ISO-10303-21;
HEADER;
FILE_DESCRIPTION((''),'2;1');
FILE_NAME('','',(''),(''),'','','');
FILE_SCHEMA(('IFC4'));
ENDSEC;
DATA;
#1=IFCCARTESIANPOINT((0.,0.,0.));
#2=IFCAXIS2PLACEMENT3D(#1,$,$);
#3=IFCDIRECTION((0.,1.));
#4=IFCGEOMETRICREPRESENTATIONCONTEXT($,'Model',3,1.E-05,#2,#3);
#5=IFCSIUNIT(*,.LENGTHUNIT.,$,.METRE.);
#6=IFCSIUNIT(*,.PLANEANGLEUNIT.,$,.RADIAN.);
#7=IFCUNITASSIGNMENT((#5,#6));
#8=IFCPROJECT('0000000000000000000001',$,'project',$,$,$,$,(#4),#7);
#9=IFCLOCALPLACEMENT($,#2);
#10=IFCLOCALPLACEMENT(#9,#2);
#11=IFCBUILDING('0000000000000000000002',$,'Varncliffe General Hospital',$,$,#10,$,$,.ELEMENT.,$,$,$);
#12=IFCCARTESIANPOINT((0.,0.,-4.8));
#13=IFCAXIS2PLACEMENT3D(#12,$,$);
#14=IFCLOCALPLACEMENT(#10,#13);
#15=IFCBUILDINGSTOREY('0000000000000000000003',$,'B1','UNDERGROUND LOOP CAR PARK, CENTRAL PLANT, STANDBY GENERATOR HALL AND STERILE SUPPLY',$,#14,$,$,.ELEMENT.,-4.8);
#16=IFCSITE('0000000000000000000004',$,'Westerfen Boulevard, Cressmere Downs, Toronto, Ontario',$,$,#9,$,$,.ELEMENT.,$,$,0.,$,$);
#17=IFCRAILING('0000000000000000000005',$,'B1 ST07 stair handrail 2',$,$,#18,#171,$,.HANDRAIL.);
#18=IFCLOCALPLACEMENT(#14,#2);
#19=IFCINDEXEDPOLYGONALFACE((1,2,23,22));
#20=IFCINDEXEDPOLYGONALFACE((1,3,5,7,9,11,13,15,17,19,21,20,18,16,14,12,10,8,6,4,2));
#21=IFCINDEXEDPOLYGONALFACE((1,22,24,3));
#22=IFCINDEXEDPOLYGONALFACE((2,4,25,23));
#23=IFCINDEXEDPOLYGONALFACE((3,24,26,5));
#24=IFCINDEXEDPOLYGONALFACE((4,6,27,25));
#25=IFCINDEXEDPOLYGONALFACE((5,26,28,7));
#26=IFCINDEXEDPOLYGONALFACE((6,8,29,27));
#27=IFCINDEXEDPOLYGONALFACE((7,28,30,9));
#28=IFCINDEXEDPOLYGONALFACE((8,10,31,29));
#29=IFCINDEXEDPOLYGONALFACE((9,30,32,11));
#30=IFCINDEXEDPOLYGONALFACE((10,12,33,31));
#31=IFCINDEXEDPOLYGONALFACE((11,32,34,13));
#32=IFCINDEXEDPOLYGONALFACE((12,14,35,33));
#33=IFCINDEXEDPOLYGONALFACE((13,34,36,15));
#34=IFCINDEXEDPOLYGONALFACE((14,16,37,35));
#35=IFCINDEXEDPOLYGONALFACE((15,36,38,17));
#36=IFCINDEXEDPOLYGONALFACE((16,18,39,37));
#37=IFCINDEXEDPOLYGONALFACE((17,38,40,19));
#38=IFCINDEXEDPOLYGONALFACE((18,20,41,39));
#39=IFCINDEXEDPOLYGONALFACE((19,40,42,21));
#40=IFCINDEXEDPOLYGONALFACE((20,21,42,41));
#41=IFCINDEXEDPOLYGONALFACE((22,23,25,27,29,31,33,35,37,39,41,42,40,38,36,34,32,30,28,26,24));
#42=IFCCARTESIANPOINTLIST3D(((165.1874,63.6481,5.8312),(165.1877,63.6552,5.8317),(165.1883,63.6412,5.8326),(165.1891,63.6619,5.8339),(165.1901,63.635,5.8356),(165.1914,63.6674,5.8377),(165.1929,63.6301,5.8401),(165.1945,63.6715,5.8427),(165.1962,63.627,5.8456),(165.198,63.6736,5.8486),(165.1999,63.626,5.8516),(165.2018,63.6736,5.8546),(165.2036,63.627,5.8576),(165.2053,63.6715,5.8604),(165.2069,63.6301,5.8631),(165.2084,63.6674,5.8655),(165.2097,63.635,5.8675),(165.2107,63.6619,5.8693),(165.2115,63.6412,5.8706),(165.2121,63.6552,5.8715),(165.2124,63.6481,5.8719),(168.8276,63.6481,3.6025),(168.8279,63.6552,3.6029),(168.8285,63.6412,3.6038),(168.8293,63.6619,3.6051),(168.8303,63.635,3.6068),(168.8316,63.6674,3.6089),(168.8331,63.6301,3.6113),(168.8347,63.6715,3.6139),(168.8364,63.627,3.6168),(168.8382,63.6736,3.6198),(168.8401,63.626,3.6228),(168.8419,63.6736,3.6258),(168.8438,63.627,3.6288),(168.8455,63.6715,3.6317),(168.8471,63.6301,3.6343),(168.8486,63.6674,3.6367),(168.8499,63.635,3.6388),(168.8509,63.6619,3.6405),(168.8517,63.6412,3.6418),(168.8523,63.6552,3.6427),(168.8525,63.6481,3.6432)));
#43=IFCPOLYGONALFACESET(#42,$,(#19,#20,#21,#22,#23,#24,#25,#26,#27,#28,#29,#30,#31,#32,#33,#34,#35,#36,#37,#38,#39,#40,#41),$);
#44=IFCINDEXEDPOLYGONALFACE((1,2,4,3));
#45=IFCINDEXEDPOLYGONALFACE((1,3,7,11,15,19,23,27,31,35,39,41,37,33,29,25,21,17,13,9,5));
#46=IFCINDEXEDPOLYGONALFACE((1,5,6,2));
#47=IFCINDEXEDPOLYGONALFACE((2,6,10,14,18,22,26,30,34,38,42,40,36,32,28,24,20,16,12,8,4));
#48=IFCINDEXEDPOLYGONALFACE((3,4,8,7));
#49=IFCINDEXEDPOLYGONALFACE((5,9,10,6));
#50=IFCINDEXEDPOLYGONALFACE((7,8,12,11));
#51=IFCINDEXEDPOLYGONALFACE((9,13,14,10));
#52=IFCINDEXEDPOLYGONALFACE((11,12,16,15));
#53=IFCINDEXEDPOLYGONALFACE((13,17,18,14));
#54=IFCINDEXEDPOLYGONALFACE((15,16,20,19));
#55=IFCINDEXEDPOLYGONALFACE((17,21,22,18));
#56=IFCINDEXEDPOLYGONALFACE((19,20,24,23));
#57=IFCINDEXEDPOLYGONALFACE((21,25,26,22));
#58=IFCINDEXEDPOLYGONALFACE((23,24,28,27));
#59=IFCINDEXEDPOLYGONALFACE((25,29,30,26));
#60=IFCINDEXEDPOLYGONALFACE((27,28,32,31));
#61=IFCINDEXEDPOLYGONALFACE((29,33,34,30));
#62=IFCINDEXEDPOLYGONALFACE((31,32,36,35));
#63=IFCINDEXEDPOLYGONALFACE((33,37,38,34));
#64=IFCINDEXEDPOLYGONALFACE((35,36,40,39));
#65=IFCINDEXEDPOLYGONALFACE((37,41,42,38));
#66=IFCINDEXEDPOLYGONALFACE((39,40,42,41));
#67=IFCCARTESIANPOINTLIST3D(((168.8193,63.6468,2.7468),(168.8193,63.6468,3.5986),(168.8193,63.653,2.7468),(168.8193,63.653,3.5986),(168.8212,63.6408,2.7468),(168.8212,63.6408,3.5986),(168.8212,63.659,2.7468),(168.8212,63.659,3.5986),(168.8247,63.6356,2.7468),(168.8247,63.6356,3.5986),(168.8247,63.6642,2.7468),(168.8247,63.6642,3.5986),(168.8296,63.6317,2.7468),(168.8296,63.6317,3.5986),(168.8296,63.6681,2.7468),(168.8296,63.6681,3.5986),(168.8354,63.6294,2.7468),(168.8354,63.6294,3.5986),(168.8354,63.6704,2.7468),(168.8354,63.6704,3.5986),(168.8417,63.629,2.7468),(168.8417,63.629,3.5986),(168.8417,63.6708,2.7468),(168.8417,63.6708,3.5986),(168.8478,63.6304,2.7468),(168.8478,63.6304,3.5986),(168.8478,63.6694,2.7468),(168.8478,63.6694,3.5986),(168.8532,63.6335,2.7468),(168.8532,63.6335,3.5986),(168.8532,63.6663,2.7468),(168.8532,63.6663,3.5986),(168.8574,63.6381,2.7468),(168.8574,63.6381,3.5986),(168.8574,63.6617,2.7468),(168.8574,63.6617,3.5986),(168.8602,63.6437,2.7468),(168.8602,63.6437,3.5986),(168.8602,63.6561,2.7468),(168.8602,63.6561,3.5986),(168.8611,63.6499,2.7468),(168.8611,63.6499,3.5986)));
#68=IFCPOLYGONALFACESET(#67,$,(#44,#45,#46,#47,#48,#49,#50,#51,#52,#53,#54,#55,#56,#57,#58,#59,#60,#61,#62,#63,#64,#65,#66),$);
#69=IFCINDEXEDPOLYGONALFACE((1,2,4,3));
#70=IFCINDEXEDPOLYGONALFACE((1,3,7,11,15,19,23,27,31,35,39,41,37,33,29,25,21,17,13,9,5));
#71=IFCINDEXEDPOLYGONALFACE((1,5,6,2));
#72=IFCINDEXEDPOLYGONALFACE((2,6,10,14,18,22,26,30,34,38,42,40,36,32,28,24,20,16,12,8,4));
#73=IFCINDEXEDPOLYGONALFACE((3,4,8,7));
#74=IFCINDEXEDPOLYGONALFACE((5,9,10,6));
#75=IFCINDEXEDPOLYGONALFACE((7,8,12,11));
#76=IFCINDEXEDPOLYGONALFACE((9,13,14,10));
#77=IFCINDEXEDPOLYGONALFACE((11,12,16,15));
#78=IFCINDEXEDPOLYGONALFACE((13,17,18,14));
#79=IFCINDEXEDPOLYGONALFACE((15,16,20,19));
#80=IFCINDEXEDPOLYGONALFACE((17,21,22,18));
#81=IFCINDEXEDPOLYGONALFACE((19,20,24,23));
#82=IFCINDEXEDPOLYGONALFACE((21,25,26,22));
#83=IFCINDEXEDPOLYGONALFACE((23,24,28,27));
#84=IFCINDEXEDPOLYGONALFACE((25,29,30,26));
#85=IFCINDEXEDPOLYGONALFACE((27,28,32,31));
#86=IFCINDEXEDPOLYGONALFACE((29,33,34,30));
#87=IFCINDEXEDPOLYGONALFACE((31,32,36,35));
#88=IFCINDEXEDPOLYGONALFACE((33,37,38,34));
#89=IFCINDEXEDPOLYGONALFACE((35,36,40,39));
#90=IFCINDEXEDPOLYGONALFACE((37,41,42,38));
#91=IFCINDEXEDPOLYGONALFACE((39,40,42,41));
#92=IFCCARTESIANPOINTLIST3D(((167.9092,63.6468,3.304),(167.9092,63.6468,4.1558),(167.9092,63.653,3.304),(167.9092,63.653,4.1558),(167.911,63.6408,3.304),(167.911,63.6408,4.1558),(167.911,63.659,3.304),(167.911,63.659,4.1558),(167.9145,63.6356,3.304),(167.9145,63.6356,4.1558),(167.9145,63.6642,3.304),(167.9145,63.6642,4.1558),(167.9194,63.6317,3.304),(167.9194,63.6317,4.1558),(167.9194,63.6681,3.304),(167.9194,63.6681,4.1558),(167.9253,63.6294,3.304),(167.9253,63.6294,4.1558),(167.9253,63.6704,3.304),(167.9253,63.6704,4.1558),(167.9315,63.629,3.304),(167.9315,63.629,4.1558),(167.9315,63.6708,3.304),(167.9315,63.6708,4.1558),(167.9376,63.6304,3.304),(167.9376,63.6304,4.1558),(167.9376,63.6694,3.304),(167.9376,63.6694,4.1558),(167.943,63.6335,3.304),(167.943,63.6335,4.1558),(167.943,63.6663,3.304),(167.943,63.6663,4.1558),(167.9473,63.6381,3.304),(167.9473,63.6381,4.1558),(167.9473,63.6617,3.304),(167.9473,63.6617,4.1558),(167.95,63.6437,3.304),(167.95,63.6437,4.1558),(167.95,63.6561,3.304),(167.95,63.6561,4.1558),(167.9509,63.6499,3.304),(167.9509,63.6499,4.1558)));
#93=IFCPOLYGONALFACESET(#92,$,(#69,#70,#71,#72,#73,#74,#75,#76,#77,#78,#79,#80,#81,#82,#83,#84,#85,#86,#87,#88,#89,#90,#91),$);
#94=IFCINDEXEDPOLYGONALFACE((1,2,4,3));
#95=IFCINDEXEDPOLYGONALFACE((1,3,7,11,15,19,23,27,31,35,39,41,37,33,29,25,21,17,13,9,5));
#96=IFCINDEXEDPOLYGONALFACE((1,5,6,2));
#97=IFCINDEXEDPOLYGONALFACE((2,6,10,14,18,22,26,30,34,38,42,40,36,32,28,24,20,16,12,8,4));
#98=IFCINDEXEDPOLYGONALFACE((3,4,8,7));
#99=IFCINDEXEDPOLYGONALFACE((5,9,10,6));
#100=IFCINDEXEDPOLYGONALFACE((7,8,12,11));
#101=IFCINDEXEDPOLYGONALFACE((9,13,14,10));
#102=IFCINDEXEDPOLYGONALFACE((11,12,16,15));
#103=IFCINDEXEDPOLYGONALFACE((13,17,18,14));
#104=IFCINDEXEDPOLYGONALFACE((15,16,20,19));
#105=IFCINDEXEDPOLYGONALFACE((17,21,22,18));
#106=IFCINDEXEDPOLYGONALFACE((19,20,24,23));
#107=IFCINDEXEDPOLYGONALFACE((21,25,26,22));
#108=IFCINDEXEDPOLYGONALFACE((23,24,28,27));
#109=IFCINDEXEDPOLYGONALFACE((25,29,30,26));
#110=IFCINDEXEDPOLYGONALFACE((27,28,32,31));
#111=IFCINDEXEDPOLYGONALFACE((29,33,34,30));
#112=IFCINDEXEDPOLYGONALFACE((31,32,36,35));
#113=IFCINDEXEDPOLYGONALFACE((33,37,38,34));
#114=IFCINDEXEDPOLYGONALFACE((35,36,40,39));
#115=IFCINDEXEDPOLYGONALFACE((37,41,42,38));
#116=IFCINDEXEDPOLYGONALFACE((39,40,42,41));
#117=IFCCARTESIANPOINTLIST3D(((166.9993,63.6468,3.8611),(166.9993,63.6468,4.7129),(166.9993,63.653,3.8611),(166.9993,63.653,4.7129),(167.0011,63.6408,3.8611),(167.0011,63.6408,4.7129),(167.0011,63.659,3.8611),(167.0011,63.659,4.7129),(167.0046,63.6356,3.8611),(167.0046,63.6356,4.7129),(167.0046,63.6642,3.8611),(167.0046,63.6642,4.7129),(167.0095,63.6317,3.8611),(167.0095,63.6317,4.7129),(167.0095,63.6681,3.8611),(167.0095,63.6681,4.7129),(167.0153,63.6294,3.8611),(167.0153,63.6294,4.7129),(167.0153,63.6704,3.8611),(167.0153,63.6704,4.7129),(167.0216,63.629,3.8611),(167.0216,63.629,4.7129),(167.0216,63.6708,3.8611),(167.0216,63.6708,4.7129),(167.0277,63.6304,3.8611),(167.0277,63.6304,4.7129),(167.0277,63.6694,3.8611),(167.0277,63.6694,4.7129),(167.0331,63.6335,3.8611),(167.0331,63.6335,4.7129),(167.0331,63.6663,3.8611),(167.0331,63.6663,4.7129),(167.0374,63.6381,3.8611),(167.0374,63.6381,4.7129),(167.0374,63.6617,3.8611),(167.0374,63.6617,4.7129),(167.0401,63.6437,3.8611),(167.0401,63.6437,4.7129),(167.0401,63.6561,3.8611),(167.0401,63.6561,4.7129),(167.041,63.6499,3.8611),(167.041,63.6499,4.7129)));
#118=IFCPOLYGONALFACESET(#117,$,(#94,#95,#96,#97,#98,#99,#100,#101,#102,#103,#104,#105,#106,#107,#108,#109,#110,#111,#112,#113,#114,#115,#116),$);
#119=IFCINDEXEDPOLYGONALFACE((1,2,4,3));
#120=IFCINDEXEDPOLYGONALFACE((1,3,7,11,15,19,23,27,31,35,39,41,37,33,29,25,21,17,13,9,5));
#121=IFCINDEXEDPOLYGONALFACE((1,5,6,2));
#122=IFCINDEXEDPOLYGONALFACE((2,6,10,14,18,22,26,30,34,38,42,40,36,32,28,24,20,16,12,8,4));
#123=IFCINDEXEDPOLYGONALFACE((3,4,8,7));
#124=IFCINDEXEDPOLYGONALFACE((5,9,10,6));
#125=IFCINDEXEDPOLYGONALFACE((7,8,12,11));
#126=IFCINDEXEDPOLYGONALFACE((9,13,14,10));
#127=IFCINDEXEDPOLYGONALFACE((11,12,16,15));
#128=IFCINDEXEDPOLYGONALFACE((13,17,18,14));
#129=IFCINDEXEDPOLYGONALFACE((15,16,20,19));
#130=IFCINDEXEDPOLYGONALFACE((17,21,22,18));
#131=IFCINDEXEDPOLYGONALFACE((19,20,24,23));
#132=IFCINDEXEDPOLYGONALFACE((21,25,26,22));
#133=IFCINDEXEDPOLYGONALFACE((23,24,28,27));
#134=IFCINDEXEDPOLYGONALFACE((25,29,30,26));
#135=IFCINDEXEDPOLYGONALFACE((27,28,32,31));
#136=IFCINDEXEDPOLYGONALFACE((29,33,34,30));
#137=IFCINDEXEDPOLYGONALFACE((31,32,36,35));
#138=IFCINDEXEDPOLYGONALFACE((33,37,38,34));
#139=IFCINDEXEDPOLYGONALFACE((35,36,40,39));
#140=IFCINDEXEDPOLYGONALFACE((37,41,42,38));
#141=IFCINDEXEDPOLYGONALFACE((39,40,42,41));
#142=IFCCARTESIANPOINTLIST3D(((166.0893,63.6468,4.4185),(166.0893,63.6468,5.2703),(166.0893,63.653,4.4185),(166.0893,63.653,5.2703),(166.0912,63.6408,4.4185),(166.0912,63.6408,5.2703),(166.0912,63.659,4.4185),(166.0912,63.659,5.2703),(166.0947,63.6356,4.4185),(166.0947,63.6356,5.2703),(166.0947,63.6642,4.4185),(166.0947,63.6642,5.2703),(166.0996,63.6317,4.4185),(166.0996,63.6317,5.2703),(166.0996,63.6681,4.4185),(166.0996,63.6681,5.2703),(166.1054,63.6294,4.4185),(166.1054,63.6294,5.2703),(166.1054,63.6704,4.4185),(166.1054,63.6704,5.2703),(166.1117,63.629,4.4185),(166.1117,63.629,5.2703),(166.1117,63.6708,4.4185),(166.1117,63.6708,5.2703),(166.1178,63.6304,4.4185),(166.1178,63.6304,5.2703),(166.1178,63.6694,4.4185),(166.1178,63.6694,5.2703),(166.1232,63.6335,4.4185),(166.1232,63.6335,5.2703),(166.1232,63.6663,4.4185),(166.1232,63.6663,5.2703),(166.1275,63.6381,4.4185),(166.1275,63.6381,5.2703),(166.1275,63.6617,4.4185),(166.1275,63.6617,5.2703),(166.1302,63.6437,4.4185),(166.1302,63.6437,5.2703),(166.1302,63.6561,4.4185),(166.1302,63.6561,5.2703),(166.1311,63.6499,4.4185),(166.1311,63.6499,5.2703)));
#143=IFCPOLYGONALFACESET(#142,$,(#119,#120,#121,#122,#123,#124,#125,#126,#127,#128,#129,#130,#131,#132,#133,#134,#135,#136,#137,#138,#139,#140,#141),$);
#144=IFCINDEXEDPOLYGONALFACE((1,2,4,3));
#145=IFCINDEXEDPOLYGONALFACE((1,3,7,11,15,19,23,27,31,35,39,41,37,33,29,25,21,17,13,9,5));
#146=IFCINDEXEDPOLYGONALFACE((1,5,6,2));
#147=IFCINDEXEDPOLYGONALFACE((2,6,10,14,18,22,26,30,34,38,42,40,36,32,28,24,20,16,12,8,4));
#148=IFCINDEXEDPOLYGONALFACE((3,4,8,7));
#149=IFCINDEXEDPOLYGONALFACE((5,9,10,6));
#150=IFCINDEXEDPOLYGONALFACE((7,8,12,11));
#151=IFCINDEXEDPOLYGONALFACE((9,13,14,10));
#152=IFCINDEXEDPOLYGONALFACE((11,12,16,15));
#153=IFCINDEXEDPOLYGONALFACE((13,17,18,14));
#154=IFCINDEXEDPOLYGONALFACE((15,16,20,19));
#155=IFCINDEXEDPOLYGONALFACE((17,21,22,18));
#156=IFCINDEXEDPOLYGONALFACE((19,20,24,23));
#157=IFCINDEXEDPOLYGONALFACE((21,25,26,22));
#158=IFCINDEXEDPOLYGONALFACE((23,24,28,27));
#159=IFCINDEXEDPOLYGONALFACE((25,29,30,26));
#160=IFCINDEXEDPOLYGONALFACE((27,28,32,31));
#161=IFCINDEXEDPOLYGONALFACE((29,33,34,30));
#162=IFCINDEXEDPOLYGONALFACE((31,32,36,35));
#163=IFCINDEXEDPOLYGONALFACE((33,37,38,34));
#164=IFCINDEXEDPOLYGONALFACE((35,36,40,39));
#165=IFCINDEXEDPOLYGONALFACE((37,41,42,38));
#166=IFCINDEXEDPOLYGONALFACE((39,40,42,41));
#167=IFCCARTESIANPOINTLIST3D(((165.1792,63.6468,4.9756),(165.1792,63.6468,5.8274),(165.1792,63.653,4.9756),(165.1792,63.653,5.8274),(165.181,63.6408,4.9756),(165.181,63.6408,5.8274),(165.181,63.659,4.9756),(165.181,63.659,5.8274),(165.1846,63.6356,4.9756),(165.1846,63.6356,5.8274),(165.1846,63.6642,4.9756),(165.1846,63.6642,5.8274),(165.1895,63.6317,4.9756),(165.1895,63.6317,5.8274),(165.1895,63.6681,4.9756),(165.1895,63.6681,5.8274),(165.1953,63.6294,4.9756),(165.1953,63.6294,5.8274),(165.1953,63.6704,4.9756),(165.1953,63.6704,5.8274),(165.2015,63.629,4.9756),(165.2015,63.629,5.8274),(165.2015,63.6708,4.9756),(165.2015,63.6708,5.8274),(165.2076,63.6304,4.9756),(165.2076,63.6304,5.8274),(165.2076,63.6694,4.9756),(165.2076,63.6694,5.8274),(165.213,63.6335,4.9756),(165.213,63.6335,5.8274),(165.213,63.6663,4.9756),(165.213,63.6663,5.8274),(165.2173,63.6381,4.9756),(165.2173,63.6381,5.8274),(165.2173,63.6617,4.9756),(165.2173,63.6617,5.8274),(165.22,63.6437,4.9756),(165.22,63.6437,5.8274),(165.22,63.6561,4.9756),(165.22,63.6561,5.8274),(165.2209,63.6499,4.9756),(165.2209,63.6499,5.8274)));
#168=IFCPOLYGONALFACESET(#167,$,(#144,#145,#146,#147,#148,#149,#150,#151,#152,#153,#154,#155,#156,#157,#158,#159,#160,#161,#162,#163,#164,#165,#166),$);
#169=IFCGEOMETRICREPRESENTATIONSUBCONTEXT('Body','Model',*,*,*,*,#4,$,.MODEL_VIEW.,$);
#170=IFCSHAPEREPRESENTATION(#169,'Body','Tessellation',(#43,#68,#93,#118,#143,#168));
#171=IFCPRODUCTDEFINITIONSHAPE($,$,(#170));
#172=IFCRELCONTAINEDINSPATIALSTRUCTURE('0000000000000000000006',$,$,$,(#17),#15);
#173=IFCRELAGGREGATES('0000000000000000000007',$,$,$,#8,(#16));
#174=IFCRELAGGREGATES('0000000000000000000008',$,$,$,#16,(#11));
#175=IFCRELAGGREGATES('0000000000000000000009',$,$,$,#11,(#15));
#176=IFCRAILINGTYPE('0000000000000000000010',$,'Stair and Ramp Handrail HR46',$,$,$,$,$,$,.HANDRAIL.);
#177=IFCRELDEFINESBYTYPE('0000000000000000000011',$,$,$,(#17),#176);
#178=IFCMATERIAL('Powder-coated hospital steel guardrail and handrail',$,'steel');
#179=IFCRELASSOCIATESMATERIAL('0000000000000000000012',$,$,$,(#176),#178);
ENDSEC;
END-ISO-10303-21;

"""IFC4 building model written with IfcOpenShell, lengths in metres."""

from ifc_helpers import new_model, si_unit, direction, frame, origin, origin_2d, place, context, subcontext, project, spatial, circle, extrude, material, type_object, element, save


model = new_model("IFC4")

# Units and contexts
model_context = context("Model", 3, precision=1e-05, world=origin(), true_north=direction((0.0, 1.0)))
body_context = subcontext(model_context, "Body", "Model", "MODEL_VIEW")
ifc_project = project(units=[si_unit("LENGTHUNIT", "METRE"), si_unit("PLANEANGLEUNIT", "RADIAN")], contexts=[model_context])

# Site, building, storey
site_placement = place(None, origin())
site = spatial("IfcSite", under=ifc_project, at=site_placement, Name="Westerfen Boulevard, Cressmere Downs, Toronto, Ontario", CompositionType="ELEMENT", RefElevation=0.0)
building_placement = place(site_placement, origin())
building = spatial("IfcBuilding", under=site, at=building_placement, Name="Varncliffe General Hospital", CompositionType="ELEMENT")
storey_placement = place(building_placement, frame((0.0, 0.0, -4.8)))
storey = spatial("IfcBuildingStorey", under=building, at=storey_placement, Name="B1", Description="UNDERGROUND LOOP CAR PARK, CENTRAL PLANT, STANDBY GENERATOR HALL AND STERILE SUPPLY", CompositionType="ELEMENT", Elevation=-4.8)

# Railing
ifc_material_1 = material(Name="Powder-coated hospital steel guardrail and handrail", Category="steel")
railing_type_1 = type_object("IfcRailingType", Name="Stair and Ramp Handrail HR46", PredefinedType="HANDRAIL", material=ifc_material_1)
railing_1_placement = place(storey_placement, frame((168.8401, 63.6499, 2.7468)))
element("IfcRailing", 1, at=railing_1_placement, inside=storey, type_object=railing_type_1, Name="B1 ST07 stair handrail 2", PredefinedType="HANDRAIL", context=body_context, shape_type="SweptSolid", body=[
    extrude(circle(Radius=0.0239, at=origin_2d()), frame((0.0, 0.0, 0.876), z_axis=(-0.85284, 0.0, 0.522172), x_axis=(0.0, -1.0, 0.0)), (0.0, 0.0, 1.0), 4.2683),
    extrude(circle(Radius=0.021, at=origin_2d()), origin(), (0.0, 0.0, 1.0), 0.8518),
    extrude(circle(Radius=0.021, at=origin_2d()), frame((-0.9102, 0.0, 0.5571)), (0.0, 0.0, 1.0), 0.8518),
    extrude(circle(Radius=0.021, at=origin_2d()), frame((-1.8201, 0.0, 1.1143)), (0.0, 0.0, 1.0), 0.8518),
    extrude(circle(Radius=0.021, at=origin_2d()), frame((-2.73, 0.0, 1.6716)), (0.0, 0.0, 1.0), 0.8518),
    extrude(circle(Radius=0.021, at=origin_2d()), frame((-3.6401, 0.0, 2.2288)), (0.0, 0.0, 1.0), 0.8518),
])

save(model, "model.ifc")
